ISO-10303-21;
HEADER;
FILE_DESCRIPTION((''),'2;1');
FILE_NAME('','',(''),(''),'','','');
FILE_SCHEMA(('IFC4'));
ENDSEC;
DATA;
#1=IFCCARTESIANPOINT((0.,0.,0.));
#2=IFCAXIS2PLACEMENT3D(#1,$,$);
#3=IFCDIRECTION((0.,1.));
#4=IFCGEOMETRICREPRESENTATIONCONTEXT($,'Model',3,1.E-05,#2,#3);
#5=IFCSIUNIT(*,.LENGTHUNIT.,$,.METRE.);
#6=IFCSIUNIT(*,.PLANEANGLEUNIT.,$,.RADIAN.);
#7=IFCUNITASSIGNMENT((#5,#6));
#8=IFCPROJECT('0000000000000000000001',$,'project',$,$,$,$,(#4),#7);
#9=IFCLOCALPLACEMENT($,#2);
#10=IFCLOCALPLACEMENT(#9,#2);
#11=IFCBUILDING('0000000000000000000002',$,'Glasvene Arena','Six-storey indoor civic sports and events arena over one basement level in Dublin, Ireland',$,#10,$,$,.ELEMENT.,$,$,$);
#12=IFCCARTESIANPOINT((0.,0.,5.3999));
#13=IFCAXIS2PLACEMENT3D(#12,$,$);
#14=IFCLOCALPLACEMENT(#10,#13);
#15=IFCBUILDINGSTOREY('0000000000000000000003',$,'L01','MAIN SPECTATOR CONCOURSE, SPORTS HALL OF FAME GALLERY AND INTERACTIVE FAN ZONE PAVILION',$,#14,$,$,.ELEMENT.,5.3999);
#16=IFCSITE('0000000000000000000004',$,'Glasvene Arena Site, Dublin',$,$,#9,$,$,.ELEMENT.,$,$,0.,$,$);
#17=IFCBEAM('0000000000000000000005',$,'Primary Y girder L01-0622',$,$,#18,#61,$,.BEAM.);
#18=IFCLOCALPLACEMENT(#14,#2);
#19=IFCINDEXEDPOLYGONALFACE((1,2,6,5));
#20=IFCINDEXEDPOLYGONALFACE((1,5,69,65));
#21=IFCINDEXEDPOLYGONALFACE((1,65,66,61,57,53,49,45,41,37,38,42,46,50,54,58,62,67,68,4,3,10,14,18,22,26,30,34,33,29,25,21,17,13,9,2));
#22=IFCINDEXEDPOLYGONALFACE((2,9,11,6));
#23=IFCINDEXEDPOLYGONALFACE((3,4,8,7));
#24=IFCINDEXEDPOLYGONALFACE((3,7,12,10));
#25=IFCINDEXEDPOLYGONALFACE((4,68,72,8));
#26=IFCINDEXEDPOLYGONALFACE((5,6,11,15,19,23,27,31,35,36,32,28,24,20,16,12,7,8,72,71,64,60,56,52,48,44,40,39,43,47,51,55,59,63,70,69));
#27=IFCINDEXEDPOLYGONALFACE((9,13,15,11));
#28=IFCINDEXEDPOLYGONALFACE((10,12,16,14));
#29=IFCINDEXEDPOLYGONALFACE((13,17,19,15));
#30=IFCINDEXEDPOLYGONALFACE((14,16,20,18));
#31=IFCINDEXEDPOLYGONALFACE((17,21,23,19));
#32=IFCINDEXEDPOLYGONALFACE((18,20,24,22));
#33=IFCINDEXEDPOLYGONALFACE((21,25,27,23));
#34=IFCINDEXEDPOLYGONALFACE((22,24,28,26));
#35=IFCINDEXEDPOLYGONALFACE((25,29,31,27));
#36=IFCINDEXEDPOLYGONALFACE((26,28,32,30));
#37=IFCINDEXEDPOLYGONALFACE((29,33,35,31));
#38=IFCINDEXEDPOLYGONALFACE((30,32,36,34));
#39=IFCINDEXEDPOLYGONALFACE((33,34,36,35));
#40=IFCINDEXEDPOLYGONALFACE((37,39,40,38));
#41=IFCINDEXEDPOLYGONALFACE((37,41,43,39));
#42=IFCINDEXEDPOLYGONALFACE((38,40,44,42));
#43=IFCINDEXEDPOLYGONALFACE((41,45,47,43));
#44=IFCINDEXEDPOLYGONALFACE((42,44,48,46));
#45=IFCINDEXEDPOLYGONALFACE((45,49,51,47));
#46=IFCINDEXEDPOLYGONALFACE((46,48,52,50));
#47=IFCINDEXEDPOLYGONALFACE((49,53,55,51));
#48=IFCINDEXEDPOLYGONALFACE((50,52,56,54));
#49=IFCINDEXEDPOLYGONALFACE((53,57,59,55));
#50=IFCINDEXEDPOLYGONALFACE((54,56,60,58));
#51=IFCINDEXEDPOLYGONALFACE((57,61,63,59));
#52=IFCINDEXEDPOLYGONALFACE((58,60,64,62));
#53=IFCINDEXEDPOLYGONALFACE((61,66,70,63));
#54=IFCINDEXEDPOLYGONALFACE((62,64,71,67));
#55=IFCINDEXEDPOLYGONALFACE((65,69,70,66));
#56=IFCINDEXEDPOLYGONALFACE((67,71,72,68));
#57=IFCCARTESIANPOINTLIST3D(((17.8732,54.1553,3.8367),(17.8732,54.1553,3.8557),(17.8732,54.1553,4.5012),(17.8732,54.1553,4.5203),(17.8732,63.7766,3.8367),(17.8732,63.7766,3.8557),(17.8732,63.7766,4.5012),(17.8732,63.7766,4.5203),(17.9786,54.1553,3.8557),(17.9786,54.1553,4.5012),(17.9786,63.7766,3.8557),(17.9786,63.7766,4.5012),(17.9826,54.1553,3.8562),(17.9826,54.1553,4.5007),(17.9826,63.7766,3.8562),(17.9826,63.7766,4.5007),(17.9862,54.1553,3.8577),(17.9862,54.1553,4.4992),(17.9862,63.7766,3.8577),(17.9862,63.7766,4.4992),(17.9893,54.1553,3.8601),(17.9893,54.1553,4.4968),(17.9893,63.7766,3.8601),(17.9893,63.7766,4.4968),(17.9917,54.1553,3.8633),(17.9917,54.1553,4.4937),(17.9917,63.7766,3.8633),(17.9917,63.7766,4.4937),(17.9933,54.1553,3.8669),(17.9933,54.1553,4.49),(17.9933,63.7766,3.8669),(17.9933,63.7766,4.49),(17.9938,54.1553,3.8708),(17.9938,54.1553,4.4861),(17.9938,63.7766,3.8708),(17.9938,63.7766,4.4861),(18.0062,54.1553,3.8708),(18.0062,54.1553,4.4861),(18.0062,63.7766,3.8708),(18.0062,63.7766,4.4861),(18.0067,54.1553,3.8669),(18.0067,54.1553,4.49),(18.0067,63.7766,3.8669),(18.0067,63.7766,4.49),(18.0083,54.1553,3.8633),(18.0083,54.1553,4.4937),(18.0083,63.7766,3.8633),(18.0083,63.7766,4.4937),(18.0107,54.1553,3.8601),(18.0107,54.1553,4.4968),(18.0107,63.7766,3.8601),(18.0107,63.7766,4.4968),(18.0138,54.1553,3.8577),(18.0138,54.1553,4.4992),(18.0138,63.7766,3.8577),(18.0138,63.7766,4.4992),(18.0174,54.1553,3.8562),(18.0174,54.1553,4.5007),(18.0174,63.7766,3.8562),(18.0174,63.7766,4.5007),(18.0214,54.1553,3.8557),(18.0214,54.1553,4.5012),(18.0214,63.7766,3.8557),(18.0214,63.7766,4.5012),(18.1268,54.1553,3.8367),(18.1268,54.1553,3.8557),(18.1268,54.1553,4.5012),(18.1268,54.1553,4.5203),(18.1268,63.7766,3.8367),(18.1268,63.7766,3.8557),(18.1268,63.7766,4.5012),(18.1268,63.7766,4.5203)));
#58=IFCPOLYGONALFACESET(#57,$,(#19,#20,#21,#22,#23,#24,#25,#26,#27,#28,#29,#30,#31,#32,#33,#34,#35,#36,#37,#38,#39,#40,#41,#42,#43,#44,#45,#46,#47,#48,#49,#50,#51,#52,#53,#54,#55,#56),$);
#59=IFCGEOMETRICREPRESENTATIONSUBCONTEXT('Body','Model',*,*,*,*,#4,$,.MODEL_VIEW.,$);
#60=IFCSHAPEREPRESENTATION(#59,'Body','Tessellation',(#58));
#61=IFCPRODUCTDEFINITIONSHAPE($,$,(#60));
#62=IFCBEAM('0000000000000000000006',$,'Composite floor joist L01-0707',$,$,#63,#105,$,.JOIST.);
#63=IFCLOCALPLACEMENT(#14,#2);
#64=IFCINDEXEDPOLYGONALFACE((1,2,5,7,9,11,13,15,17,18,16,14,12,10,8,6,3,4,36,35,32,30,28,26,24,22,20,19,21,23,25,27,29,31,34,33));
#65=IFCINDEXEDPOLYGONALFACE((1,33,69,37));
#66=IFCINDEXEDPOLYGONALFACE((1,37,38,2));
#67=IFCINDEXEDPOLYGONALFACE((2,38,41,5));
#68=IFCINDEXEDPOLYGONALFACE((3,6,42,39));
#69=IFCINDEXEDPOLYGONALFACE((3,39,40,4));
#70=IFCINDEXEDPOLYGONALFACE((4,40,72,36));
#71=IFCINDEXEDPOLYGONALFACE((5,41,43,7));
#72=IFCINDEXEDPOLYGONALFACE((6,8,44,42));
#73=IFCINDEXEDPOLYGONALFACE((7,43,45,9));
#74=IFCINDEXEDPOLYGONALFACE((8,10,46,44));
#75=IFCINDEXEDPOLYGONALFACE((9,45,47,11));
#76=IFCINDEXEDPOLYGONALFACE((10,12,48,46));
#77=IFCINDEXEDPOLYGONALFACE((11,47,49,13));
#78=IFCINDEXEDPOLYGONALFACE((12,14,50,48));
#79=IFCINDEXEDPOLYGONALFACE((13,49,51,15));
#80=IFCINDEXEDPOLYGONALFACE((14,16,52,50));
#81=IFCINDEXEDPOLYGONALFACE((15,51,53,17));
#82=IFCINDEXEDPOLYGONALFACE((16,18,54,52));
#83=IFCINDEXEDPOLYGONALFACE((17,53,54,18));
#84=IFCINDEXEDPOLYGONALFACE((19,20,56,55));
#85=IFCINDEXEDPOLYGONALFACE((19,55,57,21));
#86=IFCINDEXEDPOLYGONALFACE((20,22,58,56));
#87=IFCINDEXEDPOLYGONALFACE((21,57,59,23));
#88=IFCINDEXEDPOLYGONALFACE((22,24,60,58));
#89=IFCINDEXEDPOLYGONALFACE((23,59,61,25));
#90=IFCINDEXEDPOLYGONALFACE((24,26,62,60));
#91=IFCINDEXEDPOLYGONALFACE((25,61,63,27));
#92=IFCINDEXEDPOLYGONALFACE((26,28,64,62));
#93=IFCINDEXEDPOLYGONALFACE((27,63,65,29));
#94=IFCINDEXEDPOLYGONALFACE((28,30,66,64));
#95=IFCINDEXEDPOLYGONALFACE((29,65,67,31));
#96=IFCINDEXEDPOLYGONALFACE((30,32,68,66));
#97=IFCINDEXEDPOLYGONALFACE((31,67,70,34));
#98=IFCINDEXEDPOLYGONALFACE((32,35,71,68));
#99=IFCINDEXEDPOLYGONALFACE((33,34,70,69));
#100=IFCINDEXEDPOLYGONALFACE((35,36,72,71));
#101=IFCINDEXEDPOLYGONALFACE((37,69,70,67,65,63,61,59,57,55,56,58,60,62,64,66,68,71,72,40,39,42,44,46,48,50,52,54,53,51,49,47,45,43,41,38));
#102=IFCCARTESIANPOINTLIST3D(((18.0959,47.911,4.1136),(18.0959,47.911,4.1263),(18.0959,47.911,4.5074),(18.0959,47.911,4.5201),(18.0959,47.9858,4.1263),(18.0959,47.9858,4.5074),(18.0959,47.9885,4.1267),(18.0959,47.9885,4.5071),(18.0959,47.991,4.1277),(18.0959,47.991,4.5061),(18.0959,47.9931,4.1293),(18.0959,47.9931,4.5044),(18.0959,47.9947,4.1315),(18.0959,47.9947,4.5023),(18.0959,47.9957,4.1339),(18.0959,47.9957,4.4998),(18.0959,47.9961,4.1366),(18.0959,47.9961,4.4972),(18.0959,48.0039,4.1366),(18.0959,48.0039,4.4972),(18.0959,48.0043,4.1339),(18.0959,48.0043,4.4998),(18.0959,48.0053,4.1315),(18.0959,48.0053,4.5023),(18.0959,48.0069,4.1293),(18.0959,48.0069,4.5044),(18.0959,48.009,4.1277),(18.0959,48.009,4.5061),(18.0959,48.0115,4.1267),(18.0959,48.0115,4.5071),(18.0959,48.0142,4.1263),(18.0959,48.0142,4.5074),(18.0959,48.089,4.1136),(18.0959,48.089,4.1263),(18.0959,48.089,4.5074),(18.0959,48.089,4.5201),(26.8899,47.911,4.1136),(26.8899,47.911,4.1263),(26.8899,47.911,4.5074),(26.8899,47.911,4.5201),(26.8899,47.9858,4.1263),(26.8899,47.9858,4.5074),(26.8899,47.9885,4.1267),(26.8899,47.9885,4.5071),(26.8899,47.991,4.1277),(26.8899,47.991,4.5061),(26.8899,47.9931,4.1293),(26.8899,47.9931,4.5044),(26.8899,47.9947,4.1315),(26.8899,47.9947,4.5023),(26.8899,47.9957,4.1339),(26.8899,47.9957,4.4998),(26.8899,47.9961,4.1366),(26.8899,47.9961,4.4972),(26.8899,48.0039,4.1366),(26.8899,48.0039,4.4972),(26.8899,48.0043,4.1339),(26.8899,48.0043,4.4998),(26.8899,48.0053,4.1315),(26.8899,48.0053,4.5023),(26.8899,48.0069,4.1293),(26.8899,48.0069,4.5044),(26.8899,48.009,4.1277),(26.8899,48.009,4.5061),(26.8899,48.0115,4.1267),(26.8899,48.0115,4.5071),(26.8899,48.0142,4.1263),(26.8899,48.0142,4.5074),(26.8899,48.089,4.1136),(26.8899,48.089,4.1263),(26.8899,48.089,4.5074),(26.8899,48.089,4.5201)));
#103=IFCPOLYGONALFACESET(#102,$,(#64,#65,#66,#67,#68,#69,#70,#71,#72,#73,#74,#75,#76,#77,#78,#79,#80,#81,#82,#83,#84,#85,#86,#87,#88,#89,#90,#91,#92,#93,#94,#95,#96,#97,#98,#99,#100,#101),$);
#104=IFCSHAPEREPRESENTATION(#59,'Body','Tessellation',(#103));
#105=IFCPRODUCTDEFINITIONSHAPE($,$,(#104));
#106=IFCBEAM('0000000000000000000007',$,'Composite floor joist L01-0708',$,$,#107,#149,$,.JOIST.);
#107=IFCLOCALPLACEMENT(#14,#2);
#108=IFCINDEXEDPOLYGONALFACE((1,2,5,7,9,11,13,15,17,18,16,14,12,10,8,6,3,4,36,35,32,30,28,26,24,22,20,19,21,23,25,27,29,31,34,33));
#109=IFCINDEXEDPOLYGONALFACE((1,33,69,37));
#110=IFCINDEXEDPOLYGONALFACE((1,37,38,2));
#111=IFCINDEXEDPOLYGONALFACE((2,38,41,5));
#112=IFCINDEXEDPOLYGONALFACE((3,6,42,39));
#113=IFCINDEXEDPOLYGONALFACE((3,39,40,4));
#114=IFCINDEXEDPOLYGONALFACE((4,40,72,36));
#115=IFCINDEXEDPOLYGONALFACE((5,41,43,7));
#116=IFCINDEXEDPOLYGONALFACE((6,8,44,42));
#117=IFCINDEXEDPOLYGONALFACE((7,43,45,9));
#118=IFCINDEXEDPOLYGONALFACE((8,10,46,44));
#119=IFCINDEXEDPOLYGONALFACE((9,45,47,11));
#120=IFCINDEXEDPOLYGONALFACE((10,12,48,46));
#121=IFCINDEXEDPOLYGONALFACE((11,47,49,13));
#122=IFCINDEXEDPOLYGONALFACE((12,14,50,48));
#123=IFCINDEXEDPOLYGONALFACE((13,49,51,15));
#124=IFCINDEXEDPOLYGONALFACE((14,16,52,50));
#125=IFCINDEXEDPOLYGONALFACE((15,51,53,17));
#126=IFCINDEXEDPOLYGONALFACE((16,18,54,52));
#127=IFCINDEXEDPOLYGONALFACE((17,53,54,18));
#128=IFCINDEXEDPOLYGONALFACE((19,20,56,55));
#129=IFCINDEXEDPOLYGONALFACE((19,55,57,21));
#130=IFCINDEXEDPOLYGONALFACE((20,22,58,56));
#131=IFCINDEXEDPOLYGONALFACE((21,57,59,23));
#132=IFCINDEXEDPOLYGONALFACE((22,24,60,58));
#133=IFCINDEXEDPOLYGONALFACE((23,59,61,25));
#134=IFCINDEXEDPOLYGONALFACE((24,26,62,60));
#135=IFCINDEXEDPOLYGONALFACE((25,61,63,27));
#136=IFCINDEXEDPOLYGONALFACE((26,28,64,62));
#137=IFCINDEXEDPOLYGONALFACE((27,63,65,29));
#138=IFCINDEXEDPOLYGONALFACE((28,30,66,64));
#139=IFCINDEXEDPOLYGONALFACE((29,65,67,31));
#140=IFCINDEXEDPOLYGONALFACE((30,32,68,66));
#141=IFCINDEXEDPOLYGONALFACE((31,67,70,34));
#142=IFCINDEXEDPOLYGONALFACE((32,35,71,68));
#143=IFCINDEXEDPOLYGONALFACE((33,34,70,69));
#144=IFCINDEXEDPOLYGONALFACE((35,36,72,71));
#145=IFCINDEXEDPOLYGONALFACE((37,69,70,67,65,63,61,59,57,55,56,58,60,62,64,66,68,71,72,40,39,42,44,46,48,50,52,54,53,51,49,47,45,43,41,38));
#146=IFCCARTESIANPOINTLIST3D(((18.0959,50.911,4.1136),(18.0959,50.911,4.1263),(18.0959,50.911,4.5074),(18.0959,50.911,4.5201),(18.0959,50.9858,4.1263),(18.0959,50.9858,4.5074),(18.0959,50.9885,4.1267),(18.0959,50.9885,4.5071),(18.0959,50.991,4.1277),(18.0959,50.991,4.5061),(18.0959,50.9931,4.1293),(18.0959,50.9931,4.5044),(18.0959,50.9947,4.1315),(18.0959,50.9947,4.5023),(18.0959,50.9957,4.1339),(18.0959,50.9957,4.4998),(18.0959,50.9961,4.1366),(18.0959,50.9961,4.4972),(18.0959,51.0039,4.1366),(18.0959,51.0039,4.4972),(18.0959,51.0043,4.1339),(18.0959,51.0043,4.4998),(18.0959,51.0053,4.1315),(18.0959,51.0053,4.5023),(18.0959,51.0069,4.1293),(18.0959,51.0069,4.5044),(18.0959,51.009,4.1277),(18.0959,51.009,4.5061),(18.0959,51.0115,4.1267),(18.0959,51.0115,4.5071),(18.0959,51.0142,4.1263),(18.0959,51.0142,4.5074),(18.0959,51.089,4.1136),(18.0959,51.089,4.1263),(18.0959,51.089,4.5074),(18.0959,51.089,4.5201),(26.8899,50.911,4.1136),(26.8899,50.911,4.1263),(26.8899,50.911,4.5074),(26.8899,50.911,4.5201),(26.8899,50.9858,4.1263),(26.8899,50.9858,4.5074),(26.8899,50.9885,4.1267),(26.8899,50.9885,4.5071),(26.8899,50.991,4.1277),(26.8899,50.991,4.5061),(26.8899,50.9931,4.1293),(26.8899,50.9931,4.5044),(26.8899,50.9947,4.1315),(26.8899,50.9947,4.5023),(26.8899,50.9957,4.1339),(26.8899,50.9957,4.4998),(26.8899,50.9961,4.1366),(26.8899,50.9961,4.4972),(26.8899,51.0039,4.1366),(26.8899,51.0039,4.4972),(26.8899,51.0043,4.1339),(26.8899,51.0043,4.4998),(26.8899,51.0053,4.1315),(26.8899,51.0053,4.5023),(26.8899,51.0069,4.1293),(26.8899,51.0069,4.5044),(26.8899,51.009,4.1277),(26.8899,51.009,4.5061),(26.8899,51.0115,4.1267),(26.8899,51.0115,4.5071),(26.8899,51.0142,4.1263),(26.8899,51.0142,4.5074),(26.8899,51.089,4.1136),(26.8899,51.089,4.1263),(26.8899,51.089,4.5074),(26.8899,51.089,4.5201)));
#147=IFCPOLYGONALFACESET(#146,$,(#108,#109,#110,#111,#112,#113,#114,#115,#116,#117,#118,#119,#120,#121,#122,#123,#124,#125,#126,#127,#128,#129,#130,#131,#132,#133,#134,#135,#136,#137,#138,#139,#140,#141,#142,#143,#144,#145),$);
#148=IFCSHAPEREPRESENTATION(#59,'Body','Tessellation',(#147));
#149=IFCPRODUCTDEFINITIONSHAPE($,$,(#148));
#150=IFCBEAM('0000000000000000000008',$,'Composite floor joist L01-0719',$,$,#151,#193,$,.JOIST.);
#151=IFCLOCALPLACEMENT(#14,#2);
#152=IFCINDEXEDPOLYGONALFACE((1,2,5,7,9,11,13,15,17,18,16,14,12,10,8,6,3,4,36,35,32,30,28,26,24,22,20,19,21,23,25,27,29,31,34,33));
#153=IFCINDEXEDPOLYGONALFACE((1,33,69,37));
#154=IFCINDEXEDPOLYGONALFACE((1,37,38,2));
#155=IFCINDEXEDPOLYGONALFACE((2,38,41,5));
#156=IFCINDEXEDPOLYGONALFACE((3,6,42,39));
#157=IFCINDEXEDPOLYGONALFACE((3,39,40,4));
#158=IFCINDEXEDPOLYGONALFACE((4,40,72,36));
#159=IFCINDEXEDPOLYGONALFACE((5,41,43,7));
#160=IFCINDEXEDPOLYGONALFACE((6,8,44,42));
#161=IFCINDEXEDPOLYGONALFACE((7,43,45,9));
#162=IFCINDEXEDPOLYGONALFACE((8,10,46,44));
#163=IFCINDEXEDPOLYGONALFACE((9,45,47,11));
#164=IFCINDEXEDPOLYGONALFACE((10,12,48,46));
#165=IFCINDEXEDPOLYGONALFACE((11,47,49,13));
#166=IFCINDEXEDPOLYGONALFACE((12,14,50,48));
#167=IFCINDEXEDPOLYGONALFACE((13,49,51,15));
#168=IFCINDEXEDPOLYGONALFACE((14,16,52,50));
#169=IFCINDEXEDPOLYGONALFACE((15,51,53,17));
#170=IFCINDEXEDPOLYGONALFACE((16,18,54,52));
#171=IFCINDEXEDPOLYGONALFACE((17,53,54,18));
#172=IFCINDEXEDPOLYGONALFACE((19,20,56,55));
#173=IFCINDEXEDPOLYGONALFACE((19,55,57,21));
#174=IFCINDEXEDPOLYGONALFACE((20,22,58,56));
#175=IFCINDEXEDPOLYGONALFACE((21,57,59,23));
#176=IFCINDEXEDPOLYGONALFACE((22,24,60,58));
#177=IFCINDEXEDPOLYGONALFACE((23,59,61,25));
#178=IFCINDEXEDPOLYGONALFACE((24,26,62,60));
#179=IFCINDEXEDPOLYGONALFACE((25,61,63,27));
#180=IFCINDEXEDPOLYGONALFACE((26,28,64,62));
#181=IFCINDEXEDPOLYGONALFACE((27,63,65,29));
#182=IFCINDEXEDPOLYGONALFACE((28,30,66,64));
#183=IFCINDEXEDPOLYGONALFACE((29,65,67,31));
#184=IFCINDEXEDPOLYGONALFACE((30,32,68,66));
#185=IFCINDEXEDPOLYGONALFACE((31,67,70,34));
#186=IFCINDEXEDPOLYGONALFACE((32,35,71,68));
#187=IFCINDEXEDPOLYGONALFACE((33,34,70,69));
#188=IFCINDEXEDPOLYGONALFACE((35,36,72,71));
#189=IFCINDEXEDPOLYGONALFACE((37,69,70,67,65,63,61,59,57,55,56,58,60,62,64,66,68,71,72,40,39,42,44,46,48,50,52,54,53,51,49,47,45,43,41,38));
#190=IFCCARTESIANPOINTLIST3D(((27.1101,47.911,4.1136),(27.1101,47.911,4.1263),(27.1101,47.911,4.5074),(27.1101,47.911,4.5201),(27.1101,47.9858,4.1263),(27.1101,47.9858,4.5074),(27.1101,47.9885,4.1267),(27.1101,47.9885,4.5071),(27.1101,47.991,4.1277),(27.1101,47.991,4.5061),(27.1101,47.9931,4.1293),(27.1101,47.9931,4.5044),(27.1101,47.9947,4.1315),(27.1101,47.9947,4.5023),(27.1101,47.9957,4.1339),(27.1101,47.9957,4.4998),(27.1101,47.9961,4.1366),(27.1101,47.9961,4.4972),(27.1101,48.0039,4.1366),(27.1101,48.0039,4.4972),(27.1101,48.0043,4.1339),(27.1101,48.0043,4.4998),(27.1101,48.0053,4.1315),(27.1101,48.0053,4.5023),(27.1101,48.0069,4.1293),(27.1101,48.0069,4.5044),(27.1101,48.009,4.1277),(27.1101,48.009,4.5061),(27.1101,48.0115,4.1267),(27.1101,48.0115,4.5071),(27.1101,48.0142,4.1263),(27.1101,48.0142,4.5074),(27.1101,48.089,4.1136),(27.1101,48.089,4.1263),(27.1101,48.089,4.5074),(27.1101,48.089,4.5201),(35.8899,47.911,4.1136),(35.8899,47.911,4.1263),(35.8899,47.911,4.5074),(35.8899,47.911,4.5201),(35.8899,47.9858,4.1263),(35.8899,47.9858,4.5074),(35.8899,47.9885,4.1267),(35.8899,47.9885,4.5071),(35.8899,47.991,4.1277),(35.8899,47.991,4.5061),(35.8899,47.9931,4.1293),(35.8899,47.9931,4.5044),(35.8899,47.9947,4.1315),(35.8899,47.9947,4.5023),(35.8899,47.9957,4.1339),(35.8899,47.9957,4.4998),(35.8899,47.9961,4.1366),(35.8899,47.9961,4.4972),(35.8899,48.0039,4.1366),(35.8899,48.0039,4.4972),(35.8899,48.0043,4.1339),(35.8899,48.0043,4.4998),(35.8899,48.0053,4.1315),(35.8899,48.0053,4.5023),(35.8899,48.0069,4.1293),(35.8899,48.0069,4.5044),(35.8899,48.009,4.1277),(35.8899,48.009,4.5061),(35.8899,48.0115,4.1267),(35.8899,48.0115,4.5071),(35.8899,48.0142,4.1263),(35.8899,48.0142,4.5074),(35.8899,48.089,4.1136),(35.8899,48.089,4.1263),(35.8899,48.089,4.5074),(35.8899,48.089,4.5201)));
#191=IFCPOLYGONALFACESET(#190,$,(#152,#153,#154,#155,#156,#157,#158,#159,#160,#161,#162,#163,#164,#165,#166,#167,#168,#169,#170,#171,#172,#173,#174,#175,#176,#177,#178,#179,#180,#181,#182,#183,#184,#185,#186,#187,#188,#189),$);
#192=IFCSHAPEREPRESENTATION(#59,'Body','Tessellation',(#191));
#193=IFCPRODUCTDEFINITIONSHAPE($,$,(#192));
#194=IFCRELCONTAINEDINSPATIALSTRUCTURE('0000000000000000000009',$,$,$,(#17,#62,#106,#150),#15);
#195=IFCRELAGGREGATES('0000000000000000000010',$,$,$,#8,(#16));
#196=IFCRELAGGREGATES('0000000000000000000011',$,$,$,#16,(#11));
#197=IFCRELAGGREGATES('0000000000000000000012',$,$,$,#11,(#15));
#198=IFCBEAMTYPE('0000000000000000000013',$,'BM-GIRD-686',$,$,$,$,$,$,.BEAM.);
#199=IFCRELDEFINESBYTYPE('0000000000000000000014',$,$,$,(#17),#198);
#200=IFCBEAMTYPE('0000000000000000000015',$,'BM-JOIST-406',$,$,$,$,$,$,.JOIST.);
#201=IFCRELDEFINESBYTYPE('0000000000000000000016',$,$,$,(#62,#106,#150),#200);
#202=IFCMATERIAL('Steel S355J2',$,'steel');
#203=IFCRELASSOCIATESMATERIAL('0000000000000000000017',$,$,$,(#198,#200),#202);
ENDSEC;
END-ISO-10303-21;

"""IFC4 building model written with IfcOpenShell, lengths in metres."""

from ifc_helpers import new_model, si_unit, direction, frame, origin, origin_2d, place, context, subcontext, project, spatial, i_section, extrude, material, material_profile, profile_set, type_object, element, save


model = new_model("IFC4")

# Units and contexts
model_context = context("Model", 3, precision=1e-05, world=origin(), true_north=direction((0.0, 1.0)))
body_context = subcontext(model_context, "Body", "Model", "MODEL_VIEW")
ifc_project = project(units=[si_unit("LENGTHUNIT", "METRE"), si_unit("PLANEANGLEUNIT", "RADIAN")], contexts=[model_context])

# Site, building, storey
site_placement = place(None, origin())
site = spatial("IfcSite", under=ifc_project, at=site_placement, Name="Glasvene Arena Site, Dublin", CompositionType="ELEMENT", RefElevation=0.0)
building_placement = place(site_placement, origin())
building = spatial("IfcBuilding", under=site, at=building_placement, Name="Glasvene Arena", Description="Six-storey indoor civic sports and events arena over one basement level in Dublin, Ireland", CompositionType="ELEMENT")
storey_placement = place(building_placement, frame((0.0, 0.0, 5.3999)))
storey = spatial("IfcBuildingStorey", under=building, at=storey_placement, Name="L01", Description="MAIN SPECTATOR CONCOURSE, SPORTS HALL OF FAME GALLERY AND INTERACTIVE FAN ZONE PAVILION", CompositionType="ELEMENT", Elevation=5.3999)

# Shared definitions
ifc_material_1 = material(Name="Steel S355J2", Category="steel")

# Beams
ifc_material_profile_1 = material_profile(ifc_material_1, i_section(OverallWidth=0.2537, OverallDepth=0.6836, WebThickness=0.0125, FlangeThickness=0.019, FilletRadius=0.0151, at=origin_2d()), Name="UKB 686x254x140")
ifc_profile_set_1 = profile_set([ifc_material_profile_1], Name="Steel S355J2")
beam_type_1 = type_object("IfcBeamType", Name="BM-GIRD-686", PredefinedType="BEAM", material=ifc_profile_set_1)
beam_placement = place(storey_placement, frame((18.0, 54.1553, 4.1785), z_axis=(0.0, 1.0, 0.0), x_axis=(-1.0, 0.0, 0.0)))
element("IfcBeam", 1, at=beam_placement, inside=storey, type_object=beam_type_1, Name="Primary Y girder L01-0622", PredefinedType="BEAM", context=body_context, shape_type="SweptSolid", body=[
    extrude(i_section(OverallWidth=0.2537, OverallDepth=0.6836, WebThickness=0.0125, FlangeThickness=0.019, FilletRadius=0.0151, at=origin_2d()), origin(), (0.0, 0.0, 1.0), 9.6213),
])
ifc_material_profile_2 = material_profile(ifc_material_1, i_section(OverallWidth=0.178, OverallDepth=0.4065, WebThickness=0.0078, FlangeThickness=0.0127, FilletRadius=0.0103, at=origin_2d()), Name="UKB 406x178x60")
ifc_profile_set_2 = profile_set([ifc_material_profile_2], Name="Steel S355J2")
beam_type_2 = type_object("IfcBeamType", Name="BM-JOIST-406", PredefinedType="JOIST", material=ifc_profile_set_2)
for number, where, z_axis, x_axis, name in (
    (2, (18.0959, 48.0, 4.3169), (1.0, 0.0, 0.0), (0.0, 1.0, 0.0), "Composite floor joist L01-0707"),
    (3, (18.0959, 51.0, 4.3169), (1.0, 0.0, 0.0), (0.0, 1.0, 0.0), "Composite floor joist L01-0708"),
):
    element("IfcBeam", number, at=place(storey_placement, frame(where, z_axis=z_axis, x_axis=x_axis)), inside=storey, type_object=beam_type_2, Name=name, PredefinedType="JOIST", context=body_context, shape_type="SweptSolid", body=[
        extrude(i_section(OverallWidth=0.178, OverallDepth=0.4065, WebThickness=0.0078, FlangeThickness=0.0127, FilletRadius=0.0103, at=origin_2d()), origin(), (0.0, 0.0, 1.0), 8.7939),
    ])
for number, where, z_axis, x_axis, name in (
    (4, (27.1101, 48.0, 4.3169), (1.0, 0.0, 0.0), (0.0, 1.0, 0.0), "Composite floor joist L01-0719"),
):
    element("IfcBeam", number, at=place(storey_placement, frame(where, z_axis=z_axis, x_axis=x_axis)), inside=storey, type_object=beam_type_2, Name=name, PredefinedType="JOIST", context=body_context, shape_type="SweptSolid", body=[
        extrude(i_section(OverallWidth=0.178, OverallDepth=0.4065, WebThickness=0.0078, FlangeThickness=0.0127, FilletRadius=0.0103, at=origin_2d()), origin(), (0.0, 0.0, 1.0), 8.7798),
    ])

save(model, "model.ifc")
